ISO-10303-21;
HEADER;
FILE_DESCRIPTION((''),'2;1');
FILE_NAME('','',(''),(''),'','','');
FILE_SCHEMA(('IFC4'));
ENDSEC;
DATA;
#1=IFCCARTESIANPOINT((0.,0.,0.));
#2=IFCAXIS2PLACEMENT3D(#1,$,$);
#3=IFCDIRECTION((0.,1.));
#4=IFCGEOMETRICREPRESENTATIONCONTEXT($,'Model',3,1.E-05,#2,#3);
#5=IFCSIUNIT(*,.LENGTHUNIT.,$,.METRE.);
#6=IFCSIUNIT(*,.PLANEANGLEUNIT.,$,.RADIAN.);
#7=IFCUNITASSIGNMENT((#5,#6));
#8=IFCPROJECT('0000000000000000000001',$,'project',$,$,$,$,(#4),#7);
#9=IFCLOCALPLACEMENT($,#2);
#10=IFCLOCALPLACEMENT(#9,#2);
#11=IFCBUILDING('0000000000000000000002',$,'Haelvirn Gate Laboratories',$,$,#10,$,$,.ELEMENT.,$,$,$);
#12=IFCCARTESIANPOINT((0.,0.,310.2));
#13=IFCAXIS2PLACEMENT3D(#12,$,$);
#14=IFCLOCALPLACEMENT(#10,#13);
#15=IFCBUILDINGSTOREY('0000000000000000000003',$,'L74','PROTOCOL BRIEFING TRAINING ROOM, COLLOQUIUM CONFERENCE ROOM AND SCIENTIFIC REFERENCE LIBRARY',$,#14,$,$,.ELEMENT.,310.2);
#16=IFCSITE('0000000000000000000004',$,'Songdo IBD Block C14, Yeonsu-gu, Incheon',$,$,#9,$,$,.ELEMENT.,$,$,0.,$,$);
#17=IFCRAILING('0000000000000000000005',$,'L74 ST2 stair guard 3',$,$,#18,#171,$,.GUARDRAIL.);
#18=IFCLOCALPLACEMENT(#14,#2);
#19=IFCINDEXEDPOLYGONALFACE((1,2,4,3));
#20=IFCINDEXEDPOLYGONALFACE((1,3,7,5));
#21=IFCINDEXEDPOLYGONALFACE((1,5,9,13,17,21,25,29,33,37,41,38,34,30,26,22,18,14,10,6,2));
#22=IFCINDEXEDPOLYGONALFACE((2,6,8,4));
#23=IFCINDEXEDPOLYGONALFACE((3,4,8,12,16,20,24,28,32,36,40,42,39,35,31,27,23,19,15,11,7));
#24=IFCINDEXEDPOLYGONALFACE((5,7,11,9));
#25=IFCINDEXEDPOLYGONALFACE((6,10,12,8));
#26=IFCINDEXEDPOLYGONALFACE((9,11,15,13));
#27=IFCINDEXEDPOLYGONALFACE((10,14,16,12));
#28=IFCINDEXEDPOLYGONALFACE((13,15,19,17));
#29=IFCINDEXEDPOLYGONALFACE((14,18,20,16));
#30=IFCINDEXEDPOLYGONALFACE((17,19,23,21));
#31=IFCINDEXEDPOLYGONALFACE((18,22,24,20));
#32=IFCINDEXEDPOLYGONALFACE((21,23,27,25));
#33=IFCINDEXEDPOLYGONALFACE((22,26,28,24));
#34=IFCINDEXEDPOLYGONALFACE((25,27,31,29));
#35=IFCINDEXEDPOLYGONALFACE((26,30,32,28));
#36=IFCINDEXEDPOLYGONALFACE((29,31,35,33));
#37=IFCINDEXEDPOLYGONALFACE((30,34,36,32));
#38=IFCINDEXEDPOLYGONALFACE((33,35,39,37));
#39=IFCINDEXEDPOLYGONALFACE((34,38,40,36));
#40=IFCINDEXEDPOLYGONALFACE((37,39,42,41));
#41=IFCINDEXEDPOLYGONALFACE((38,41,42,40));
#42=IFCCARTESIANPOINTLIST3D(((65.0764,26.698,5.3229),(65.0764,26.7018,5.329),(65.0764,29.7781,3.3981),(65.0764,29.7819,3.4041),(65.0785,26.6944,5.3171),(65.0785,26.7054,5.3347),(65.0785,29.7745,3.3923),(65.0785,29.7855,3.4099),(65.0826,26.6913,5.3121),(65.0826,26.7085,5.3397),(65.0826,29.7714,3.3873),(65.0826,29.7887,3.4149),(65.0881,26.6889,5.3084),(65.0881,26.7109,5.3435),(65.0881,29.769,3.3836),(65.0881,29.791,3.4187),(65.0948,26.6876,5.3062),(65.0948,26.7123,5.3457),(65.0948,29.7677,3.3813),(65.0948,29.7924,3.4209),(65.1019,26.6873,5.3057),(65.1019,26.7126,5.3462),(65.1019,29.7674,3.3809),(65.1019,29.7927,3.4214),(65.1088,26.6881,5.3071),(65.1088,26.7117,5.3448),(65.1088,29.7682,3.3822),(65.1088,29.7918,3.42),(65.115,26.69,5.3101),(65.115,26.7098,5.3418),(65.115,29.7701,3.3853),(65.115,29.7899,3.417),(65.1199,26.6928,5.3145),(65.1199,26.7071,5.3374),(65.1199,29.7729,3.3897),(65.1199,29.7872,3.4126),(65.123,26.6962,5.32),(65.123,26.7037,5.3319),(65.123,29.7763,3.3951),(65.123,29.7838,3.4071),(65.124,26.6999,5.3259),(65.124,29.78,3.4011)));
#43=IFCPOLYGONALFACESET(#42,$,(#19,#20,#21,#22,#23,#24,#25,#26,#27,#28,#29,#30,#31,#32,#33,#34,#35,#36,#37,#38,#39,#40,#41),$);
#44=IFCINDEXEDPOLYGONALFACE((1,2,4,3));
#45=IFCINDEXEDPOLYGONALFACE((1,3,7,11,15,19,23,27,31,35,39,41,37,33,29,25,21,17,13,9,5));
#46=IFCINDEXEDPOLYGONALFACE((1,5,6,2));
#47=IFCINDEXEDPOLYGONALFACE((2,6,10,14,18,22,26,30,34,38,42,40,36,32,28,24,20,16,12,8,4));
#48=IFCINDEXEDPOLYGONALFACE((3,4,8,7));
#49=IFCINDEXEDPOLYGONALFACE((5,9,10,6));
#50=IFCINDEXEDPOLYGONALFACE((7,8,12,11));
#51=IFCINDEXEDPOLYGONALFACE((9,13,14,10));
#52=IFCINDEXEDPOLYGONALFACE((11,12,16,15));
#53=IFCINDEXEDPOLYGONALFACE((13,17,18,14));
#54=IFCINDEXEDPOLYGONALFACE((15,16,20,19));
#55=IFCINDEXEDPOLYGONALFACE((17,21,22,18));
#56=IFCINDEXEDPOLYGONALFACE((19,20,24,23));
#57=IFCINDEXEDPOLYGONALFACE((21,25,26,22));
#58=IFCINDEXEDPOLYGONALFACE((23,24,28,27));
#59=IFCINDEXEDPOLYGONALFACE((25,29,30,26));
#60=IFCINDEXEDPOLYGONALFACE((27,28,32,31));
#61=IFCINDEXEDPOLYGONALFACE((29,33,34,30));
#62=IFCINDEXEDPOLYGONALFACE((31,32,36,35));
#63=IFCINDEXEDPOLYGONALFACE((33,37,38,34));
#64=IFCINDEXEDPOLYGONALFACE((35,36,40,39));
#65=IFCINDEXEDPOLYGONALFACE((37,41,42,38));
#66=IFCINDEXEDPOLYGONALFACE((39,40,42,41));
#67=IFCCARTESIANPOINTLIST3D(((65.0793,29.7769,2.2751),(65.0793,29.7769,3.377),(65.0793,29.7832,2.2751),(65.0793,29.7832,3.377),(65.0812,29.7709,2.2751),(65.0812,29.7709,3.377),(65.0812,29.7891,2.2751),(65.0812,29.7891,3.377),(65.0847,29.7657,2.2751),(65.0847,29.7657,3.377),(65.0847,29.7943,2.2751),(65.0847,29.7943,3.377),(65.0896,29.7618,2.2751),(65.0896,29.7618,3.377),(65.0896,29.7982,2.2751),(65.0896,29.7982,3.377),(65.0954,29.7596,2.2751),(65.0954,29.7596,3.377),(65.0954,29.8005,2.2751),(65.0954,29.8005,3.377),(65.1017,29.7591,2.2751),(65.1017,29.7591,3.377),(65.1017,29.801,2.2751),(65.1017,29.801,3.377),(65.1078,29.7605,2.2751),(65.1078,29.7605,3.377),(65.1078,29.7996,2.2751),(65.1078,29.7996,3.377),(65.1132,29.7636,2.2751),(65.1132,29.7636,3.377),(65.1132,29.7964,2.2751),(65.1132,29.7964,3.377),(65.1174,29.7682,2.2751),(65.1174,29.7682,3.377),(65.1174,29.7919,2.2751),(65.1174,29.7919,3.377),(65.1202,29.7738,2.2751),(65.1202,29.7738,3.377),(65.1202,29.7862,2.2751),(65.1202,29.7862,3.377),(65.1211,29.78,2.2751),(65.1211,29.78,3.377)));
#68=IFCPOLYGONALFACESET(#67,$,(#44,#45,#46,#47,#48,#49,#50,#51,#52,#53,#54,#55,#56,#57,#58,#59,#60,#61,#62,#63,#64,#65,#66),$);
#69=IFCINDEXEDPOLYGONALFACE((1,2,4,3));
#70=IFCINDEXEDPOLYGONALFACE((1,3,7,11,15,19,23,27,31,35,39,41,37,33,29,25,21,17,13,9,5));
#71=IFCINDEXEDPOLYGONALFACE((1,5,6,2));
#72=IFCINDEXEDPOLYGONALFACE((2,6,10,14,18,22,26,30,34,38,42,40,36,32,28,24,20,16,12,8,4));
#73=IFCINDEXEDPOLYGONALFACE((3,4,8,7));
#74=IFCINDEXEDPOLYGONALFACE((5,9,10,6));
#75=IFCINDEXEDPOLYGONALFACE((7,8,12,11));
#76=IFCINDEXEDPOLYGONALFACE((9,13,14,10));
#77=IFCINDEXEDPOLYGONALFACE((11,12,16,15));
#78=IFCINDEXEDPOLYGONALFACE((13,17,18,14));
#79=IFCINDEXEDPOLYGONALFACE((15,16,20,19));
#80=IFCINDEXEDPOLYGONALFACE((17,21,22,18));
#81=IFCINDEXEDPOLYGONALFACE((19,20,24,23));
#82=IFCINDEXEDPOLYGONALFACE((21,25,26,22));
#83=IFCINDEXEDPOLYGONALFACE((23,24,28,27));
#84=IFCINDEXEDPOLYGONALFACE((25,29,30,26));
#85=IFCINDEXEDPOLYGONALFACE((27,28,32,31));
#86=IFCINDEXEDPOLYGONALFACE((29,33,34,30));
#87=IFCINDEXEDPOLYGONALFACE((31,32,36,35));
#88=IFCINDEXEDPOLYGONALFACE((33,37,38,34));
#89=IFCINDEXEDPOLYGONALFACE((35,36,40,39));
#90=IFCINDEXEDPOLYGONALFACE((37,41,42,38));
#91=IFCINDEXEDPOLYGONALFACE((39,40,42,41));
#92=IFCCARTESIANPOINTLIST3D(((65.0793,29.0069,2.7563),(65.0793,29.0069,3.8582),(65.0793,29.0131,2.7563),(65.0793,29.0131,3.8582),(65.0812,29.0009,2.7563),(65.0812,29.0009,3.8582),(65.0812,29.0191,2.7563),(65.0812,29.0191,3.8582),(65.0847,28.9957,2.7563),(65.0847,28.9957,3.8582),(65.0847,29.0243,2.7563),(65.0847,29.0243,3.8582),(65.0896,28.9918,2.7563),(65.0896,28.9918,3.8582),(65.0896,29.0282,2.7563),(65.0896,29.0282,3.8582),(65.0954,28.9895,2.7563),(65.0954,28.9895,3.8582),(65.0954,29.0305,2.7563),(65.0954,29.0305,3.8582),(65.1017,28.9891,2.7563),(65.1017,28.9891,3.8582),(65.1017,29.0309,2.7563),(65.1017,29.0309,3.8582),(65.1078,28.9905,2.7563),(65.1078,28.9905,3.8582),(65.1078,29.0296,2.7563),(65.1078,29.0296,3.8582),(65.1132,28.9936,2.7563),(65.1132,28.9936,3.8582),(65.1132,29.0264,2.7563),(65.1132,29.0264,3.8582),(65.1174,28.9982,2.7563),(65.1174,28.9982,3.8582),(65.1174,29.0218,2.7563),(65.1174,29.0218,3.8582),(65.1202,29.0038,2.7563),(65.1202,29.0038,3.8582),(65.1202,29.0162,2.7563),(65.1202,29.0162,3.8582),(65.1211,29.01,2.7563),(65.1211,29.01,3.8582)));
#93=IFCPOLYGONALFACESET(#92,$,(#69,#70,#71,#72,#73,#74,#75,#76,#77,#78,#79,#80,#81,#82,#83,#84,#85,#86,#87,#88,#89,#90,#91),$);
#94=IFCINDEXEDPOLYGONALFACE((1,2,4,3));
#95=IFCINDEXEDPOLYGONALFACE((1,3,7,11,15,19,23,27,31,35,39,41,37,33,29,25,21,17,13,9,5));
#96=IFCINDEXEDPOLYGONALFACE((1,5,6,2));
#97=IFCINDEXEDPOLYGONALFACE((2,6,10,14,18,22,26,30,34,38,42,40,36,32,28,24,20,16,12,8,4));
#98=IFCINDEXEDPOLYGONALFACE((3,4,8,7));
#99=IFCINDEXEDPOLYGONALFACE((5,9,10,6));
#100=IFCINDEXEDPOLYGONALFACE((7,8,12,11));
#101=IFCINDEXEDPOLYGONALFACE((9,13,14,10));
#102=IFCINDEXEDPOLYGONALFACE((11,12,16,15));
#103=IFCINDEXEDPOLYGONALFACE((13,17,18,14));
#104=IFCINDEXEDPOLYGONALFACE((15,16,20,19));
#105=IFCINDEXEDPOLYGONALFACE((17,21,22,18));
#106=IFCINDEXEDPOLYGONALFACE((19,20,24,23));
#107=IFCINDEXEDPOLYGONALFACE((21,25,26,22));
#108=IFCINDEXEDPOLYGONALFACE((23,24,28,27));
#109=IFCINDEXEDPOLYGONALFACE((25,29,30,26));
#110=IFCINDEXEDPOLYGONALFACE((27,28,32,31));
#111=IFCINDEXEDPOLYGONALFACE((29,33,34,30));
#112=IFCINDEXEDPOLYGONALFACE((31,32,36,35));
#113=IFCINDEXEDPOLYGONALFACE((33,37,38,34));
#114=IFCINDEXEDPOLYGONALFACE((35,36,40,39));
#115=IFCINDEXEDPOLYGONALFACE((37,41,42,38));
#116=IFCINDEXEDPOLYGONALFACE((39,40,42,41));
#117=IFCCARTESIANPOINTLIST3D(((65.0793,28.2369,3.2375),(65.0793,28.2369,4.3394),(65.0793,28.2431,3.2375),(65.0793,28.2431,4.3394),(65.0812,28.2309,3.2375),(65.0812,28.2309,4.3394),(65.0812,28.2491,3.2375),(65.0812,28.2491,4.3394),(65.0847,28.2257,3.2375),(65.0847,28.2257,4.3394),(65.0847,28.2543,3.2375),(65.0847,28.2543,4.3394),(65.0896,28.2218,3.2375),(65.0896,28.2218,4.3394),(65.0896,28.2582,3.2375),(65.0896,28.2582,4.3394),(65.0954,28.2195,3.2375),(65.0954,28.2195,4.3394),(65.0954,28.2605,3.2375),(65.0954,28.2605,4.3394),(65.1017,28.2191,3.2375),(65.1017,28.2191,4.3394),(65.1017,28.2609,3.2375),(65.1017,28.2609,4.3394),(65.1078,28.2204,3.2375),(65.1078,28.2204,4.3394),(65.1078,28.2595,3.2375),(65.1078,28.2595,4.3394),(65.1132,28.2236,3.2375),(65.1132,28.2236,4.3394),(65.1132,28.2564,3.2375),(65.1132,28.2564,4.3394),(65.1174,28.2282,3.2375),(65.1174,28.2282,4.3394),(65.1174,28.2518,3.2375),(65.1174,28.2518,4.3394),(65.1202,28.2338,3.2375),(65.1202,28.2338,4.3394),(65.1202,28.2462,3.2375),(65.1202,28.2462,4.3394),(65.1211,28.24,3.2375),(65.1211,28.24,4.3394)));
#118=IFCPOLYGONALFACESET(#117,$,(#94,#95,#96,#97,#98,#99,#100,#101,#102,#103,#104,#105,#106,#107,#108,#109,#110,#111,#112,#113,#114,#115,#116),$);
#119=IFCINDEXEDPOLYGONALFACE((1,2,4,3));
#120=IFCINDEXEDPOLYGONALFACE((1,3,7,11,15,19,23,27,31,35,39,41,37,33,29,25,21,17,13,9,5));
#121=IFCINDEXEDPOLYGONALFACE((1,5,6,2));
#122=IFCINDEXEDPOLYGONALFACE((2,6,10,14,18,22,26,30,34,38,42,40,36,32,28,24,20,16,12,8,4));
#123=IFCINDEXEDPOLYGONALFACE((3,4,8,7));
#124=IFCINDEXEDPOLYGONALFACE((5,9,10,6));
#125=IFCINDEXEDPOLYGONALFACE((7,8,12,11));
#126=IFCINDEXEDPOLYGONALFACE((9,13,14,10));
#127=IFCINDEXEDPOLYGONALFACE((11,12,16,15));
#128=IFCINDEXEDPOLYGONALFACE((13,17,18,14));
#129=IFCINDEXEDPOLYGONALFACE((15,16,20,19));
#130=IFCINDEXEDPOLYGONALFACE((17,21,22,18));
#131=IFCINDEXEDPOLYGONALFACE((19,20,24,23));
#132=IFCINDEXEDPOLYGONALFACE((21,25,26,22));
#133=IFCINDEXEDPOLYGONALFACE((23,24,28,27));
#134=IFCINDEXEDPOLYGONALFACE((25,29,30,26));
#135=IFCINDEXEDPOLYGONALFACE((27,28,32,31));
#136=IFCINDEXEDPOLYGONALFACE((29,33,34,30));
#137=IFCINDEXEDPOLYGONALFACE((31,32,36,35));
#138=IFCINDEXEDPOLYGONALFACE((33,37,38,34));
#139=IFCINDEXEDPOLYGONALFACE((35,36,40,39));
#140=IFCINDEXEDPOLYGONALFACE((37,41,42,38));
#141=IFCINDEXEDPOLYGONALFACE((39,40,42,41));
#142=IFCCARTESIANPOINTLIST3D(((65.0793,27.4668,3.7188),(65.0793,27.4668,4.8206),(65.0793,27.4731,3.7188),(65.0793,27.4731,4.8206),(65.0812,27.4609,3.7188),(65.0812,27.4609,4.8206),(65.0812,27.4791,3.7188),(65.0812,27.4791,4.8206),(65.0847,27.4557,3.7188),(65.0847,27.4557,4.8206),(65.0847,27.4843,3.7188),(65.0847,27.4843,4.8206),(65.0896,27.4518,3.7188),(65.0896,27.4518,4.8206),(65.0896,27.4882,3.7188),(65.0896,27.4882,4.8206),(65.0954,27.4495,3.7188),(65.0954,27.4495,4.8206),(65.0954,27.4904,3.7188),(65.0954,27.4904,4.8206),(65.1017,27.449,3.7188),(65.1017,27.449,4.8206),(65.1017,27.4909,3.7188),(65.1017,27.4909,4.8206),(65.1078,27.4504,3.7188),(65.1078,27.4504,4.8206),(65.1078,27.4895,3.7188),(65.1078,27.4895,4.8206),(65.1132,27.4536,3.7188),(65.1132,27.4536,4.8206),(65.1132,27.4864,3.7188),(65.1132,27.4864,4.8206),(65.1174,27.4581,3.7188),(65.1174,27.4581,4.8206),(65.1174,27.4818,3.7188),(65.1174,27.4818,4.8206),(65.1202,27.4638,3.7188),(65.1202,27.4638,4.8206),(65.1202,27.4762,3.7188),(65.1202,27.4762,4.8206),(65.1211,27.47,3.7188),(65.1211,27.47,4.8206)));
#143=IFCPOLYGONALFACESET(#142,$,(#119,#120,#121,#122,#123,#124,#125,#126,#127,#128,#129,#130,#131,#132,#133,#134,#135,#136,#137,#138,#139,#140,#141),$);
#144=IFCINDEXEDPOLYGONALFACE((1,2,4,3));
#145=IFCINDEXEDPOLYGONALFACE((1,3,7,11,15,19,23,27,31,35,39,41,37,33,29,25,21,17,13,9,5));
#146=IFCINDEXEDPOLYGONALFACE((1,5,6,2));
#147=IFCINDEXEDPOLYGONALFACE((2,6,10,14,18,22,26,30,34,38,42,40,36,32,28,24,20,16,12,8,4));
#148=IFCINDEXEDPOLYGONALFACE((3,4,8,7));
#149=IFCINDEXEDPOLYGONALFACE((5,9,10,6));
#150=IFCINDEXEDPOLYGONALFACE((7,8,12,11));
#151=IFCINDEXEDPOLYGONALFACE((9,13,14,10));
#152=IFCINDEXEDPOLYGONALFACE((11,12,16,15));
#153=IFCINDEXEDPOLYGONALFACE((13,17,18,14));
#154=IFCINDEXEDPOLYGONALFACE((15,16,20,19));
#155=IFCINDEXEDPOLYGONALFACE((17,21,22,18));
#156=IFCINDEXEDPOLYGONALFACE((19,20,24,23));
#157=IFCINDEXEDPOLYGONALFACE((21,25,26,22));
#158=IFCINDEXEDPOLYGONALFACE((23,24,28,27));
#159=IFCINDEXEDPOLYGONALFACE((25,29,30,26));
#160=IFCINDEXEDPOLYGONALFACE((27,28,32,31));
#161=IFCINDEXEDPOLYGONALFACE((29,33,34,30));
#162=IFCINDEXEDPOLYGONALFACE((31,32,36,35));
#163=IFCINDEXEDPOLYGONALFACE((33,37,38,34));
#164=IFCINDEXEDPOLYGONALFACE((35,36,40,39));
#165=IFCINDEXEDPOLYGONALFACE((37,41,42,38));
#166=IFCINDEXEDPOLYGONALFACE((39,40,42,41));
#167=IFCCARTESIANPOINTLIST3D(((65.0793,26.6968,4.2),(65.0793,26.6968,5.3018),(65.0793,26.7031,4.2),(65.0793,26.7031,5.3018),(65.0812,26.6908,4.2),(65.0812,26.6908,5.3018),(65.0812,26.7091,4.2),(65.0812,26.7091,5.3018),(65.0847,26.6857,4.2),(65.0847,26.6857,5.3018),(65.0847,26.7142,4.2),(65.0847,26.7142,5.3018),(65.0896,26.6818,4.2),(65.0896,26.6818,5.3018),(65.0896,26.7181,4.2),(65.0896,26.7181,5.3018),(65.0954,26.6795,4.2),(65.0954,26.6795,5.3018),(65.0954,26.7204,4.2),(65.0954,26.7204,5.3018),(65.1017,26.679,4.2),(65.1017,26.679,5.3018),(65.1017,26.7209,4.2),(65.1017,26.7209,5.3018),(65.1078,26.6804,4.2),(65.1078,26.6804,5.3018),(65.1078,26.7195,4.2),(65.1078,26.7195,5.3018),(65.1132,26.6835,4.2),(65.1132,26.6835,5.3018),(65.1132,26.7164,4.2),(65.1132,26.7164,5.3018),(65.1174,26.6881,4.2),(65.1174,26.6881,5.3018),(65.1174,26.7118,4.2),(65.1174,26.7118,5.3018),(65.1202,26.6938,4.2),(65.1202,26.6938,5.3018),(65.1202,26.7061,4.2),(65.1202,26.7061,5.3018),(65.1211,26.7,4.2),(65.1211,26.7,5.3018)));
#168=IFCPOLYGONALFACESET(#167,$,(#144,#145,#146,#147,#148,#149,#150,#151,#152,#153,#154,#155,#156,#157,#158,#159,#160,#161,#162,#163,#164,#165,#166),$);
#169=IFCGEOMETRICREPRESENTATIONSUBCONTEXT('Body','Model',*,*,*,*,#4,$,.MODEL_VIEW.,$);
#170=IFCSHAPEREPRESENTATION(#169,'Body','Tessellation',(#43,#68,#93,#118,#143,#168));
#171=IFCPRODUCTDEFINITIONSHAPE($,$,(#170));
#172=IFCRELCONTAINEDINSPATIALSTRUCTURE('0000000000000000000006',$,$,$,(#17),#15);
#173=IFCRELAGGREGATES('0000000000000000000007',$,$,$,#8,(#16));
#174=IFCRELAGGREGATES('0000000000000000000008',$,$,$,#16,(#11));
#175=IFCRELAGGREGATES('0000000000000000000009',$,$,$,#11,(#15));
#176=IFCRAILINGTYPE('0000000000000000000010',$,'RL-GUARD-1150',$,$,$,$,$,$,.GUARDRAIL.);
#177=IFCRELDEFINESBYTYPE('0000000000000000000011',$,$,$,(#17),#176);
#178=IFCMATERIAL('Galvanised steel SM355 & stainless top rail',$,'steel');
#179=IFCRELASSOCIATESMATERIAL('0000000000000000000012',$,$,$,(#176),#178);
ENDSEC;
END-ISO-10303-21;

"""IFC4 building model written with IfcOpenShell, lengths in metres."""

from ifc_helpers import new_model, si_unit, direction, frame, origin, origin_2d, place, context, subcontext, project, spatial, circle, extrude, source, transform, mapped, material, type_object, element, save


model = new_model("IFC4")

# Units and contexts
model_context = context("Model", 3, precision=1e-05, world=origin(), true_north=direction((0.0, 1.0)))
body_context = subcontext(model_context, "Body", "Model", "MODEL_VIEW")
ifc_project = project(units=[si_unit("LENGTHUNIT", "METRE"), si_unit("PLANEANGLEUNIT", "RADIAN")], contexts=[model_context])

# Site, building, storey
site_placement = place(None, origin())
site = spatial("IfcSite", under=ifc_project, at=site_placement, Name="Songdo IBD Block C14, Yeonsu-gu, Incheon", CompositionType="ELEMENT", RefElevation=0.0)
building_placement = place(site_placement, origin())
building = spatial("IfcBuilding", under=site, at=building_placement, Name="Haelvirn Gate Laboratories", CompositionType="ELEMENT")
storey_placement = place(building_placement, frame((0.0, 0.0, 310.2)))
storey = spatial("IfcBuildingStorey", under=building, at=storey_placement, Name="L74", Description="PROTOCOL BRIEFING TRAINING ROOM, COLLOQUIUM CONFERENCE ROOM AND SCIENTIFIC REFERENCE LIBRARY", CompositionType="ELEMENT", Elevation=310.2)

# Railing
ifc_material_1 = material(Name="Galvanised steel SM355 & stainless top rail", Category="steel")
railing_type_1 = type_object("IfcRailingType", Name="RL-GUARD-1150", PredefinedType="GUARDRAIL", material=ifc_material_1)
shared_shape_1 = source(origin(), body_context, "Body", "SweptSolid", [
    extrude(circle(Radius=0.0239, at=origin_2d()), frame((0.0, 0.0, 1.126), z_axis=(0.0, -0.848029, 0.529951), x_axis=(1.0, 0.0, 0.0)), (0.0, 0.0, 1.0), 3.6321),
    extrude(circle(Radius=0.021, at=origin_2d()), origin(), (0.0, 0.0, 1.0), 1.1018),
    extrude(circle(Radius=0.021, at=origin_2d()), frame((0.0, -0.77, 0.4812)), (0.0, 0.0, 1.0), 1.1018),
    extrude(circle(Radius=0.021, at=origin_2d()), frame((0.0, -1.54, 0.9624)), (0.0, 0.0, 1.0), 1.1018),
    extrude(circle(Radius=0.021, at=origin_2d()), frame((0.0, -2.3101, 1.4436)), (0.0, 0.0, 1.0), 1.1018),
    extrude(circle(Radius=0.021, at=origin_2d()), frame((0.0, -3.0801, 1.9248)), (0.0, 0.0, 1.0), 1.1018),
])
railing_1_placement = place(storey_placement, frame((65.1001, 29.78, 2.2751)))
element("IfcRailing", 1, at=railing_1_placement, inside=storey, type_object=railing_type_1, Name="L74 ST2 stair guard 3", PredefinedType="GUARDRAIL", context=body_context, shape_type="MappedRepresentation", body=[
    mapped(shared_shape_1, transform((0.0, 0.0, 0.0), scale=1.0)),
])

save(model, "model.ifc")
